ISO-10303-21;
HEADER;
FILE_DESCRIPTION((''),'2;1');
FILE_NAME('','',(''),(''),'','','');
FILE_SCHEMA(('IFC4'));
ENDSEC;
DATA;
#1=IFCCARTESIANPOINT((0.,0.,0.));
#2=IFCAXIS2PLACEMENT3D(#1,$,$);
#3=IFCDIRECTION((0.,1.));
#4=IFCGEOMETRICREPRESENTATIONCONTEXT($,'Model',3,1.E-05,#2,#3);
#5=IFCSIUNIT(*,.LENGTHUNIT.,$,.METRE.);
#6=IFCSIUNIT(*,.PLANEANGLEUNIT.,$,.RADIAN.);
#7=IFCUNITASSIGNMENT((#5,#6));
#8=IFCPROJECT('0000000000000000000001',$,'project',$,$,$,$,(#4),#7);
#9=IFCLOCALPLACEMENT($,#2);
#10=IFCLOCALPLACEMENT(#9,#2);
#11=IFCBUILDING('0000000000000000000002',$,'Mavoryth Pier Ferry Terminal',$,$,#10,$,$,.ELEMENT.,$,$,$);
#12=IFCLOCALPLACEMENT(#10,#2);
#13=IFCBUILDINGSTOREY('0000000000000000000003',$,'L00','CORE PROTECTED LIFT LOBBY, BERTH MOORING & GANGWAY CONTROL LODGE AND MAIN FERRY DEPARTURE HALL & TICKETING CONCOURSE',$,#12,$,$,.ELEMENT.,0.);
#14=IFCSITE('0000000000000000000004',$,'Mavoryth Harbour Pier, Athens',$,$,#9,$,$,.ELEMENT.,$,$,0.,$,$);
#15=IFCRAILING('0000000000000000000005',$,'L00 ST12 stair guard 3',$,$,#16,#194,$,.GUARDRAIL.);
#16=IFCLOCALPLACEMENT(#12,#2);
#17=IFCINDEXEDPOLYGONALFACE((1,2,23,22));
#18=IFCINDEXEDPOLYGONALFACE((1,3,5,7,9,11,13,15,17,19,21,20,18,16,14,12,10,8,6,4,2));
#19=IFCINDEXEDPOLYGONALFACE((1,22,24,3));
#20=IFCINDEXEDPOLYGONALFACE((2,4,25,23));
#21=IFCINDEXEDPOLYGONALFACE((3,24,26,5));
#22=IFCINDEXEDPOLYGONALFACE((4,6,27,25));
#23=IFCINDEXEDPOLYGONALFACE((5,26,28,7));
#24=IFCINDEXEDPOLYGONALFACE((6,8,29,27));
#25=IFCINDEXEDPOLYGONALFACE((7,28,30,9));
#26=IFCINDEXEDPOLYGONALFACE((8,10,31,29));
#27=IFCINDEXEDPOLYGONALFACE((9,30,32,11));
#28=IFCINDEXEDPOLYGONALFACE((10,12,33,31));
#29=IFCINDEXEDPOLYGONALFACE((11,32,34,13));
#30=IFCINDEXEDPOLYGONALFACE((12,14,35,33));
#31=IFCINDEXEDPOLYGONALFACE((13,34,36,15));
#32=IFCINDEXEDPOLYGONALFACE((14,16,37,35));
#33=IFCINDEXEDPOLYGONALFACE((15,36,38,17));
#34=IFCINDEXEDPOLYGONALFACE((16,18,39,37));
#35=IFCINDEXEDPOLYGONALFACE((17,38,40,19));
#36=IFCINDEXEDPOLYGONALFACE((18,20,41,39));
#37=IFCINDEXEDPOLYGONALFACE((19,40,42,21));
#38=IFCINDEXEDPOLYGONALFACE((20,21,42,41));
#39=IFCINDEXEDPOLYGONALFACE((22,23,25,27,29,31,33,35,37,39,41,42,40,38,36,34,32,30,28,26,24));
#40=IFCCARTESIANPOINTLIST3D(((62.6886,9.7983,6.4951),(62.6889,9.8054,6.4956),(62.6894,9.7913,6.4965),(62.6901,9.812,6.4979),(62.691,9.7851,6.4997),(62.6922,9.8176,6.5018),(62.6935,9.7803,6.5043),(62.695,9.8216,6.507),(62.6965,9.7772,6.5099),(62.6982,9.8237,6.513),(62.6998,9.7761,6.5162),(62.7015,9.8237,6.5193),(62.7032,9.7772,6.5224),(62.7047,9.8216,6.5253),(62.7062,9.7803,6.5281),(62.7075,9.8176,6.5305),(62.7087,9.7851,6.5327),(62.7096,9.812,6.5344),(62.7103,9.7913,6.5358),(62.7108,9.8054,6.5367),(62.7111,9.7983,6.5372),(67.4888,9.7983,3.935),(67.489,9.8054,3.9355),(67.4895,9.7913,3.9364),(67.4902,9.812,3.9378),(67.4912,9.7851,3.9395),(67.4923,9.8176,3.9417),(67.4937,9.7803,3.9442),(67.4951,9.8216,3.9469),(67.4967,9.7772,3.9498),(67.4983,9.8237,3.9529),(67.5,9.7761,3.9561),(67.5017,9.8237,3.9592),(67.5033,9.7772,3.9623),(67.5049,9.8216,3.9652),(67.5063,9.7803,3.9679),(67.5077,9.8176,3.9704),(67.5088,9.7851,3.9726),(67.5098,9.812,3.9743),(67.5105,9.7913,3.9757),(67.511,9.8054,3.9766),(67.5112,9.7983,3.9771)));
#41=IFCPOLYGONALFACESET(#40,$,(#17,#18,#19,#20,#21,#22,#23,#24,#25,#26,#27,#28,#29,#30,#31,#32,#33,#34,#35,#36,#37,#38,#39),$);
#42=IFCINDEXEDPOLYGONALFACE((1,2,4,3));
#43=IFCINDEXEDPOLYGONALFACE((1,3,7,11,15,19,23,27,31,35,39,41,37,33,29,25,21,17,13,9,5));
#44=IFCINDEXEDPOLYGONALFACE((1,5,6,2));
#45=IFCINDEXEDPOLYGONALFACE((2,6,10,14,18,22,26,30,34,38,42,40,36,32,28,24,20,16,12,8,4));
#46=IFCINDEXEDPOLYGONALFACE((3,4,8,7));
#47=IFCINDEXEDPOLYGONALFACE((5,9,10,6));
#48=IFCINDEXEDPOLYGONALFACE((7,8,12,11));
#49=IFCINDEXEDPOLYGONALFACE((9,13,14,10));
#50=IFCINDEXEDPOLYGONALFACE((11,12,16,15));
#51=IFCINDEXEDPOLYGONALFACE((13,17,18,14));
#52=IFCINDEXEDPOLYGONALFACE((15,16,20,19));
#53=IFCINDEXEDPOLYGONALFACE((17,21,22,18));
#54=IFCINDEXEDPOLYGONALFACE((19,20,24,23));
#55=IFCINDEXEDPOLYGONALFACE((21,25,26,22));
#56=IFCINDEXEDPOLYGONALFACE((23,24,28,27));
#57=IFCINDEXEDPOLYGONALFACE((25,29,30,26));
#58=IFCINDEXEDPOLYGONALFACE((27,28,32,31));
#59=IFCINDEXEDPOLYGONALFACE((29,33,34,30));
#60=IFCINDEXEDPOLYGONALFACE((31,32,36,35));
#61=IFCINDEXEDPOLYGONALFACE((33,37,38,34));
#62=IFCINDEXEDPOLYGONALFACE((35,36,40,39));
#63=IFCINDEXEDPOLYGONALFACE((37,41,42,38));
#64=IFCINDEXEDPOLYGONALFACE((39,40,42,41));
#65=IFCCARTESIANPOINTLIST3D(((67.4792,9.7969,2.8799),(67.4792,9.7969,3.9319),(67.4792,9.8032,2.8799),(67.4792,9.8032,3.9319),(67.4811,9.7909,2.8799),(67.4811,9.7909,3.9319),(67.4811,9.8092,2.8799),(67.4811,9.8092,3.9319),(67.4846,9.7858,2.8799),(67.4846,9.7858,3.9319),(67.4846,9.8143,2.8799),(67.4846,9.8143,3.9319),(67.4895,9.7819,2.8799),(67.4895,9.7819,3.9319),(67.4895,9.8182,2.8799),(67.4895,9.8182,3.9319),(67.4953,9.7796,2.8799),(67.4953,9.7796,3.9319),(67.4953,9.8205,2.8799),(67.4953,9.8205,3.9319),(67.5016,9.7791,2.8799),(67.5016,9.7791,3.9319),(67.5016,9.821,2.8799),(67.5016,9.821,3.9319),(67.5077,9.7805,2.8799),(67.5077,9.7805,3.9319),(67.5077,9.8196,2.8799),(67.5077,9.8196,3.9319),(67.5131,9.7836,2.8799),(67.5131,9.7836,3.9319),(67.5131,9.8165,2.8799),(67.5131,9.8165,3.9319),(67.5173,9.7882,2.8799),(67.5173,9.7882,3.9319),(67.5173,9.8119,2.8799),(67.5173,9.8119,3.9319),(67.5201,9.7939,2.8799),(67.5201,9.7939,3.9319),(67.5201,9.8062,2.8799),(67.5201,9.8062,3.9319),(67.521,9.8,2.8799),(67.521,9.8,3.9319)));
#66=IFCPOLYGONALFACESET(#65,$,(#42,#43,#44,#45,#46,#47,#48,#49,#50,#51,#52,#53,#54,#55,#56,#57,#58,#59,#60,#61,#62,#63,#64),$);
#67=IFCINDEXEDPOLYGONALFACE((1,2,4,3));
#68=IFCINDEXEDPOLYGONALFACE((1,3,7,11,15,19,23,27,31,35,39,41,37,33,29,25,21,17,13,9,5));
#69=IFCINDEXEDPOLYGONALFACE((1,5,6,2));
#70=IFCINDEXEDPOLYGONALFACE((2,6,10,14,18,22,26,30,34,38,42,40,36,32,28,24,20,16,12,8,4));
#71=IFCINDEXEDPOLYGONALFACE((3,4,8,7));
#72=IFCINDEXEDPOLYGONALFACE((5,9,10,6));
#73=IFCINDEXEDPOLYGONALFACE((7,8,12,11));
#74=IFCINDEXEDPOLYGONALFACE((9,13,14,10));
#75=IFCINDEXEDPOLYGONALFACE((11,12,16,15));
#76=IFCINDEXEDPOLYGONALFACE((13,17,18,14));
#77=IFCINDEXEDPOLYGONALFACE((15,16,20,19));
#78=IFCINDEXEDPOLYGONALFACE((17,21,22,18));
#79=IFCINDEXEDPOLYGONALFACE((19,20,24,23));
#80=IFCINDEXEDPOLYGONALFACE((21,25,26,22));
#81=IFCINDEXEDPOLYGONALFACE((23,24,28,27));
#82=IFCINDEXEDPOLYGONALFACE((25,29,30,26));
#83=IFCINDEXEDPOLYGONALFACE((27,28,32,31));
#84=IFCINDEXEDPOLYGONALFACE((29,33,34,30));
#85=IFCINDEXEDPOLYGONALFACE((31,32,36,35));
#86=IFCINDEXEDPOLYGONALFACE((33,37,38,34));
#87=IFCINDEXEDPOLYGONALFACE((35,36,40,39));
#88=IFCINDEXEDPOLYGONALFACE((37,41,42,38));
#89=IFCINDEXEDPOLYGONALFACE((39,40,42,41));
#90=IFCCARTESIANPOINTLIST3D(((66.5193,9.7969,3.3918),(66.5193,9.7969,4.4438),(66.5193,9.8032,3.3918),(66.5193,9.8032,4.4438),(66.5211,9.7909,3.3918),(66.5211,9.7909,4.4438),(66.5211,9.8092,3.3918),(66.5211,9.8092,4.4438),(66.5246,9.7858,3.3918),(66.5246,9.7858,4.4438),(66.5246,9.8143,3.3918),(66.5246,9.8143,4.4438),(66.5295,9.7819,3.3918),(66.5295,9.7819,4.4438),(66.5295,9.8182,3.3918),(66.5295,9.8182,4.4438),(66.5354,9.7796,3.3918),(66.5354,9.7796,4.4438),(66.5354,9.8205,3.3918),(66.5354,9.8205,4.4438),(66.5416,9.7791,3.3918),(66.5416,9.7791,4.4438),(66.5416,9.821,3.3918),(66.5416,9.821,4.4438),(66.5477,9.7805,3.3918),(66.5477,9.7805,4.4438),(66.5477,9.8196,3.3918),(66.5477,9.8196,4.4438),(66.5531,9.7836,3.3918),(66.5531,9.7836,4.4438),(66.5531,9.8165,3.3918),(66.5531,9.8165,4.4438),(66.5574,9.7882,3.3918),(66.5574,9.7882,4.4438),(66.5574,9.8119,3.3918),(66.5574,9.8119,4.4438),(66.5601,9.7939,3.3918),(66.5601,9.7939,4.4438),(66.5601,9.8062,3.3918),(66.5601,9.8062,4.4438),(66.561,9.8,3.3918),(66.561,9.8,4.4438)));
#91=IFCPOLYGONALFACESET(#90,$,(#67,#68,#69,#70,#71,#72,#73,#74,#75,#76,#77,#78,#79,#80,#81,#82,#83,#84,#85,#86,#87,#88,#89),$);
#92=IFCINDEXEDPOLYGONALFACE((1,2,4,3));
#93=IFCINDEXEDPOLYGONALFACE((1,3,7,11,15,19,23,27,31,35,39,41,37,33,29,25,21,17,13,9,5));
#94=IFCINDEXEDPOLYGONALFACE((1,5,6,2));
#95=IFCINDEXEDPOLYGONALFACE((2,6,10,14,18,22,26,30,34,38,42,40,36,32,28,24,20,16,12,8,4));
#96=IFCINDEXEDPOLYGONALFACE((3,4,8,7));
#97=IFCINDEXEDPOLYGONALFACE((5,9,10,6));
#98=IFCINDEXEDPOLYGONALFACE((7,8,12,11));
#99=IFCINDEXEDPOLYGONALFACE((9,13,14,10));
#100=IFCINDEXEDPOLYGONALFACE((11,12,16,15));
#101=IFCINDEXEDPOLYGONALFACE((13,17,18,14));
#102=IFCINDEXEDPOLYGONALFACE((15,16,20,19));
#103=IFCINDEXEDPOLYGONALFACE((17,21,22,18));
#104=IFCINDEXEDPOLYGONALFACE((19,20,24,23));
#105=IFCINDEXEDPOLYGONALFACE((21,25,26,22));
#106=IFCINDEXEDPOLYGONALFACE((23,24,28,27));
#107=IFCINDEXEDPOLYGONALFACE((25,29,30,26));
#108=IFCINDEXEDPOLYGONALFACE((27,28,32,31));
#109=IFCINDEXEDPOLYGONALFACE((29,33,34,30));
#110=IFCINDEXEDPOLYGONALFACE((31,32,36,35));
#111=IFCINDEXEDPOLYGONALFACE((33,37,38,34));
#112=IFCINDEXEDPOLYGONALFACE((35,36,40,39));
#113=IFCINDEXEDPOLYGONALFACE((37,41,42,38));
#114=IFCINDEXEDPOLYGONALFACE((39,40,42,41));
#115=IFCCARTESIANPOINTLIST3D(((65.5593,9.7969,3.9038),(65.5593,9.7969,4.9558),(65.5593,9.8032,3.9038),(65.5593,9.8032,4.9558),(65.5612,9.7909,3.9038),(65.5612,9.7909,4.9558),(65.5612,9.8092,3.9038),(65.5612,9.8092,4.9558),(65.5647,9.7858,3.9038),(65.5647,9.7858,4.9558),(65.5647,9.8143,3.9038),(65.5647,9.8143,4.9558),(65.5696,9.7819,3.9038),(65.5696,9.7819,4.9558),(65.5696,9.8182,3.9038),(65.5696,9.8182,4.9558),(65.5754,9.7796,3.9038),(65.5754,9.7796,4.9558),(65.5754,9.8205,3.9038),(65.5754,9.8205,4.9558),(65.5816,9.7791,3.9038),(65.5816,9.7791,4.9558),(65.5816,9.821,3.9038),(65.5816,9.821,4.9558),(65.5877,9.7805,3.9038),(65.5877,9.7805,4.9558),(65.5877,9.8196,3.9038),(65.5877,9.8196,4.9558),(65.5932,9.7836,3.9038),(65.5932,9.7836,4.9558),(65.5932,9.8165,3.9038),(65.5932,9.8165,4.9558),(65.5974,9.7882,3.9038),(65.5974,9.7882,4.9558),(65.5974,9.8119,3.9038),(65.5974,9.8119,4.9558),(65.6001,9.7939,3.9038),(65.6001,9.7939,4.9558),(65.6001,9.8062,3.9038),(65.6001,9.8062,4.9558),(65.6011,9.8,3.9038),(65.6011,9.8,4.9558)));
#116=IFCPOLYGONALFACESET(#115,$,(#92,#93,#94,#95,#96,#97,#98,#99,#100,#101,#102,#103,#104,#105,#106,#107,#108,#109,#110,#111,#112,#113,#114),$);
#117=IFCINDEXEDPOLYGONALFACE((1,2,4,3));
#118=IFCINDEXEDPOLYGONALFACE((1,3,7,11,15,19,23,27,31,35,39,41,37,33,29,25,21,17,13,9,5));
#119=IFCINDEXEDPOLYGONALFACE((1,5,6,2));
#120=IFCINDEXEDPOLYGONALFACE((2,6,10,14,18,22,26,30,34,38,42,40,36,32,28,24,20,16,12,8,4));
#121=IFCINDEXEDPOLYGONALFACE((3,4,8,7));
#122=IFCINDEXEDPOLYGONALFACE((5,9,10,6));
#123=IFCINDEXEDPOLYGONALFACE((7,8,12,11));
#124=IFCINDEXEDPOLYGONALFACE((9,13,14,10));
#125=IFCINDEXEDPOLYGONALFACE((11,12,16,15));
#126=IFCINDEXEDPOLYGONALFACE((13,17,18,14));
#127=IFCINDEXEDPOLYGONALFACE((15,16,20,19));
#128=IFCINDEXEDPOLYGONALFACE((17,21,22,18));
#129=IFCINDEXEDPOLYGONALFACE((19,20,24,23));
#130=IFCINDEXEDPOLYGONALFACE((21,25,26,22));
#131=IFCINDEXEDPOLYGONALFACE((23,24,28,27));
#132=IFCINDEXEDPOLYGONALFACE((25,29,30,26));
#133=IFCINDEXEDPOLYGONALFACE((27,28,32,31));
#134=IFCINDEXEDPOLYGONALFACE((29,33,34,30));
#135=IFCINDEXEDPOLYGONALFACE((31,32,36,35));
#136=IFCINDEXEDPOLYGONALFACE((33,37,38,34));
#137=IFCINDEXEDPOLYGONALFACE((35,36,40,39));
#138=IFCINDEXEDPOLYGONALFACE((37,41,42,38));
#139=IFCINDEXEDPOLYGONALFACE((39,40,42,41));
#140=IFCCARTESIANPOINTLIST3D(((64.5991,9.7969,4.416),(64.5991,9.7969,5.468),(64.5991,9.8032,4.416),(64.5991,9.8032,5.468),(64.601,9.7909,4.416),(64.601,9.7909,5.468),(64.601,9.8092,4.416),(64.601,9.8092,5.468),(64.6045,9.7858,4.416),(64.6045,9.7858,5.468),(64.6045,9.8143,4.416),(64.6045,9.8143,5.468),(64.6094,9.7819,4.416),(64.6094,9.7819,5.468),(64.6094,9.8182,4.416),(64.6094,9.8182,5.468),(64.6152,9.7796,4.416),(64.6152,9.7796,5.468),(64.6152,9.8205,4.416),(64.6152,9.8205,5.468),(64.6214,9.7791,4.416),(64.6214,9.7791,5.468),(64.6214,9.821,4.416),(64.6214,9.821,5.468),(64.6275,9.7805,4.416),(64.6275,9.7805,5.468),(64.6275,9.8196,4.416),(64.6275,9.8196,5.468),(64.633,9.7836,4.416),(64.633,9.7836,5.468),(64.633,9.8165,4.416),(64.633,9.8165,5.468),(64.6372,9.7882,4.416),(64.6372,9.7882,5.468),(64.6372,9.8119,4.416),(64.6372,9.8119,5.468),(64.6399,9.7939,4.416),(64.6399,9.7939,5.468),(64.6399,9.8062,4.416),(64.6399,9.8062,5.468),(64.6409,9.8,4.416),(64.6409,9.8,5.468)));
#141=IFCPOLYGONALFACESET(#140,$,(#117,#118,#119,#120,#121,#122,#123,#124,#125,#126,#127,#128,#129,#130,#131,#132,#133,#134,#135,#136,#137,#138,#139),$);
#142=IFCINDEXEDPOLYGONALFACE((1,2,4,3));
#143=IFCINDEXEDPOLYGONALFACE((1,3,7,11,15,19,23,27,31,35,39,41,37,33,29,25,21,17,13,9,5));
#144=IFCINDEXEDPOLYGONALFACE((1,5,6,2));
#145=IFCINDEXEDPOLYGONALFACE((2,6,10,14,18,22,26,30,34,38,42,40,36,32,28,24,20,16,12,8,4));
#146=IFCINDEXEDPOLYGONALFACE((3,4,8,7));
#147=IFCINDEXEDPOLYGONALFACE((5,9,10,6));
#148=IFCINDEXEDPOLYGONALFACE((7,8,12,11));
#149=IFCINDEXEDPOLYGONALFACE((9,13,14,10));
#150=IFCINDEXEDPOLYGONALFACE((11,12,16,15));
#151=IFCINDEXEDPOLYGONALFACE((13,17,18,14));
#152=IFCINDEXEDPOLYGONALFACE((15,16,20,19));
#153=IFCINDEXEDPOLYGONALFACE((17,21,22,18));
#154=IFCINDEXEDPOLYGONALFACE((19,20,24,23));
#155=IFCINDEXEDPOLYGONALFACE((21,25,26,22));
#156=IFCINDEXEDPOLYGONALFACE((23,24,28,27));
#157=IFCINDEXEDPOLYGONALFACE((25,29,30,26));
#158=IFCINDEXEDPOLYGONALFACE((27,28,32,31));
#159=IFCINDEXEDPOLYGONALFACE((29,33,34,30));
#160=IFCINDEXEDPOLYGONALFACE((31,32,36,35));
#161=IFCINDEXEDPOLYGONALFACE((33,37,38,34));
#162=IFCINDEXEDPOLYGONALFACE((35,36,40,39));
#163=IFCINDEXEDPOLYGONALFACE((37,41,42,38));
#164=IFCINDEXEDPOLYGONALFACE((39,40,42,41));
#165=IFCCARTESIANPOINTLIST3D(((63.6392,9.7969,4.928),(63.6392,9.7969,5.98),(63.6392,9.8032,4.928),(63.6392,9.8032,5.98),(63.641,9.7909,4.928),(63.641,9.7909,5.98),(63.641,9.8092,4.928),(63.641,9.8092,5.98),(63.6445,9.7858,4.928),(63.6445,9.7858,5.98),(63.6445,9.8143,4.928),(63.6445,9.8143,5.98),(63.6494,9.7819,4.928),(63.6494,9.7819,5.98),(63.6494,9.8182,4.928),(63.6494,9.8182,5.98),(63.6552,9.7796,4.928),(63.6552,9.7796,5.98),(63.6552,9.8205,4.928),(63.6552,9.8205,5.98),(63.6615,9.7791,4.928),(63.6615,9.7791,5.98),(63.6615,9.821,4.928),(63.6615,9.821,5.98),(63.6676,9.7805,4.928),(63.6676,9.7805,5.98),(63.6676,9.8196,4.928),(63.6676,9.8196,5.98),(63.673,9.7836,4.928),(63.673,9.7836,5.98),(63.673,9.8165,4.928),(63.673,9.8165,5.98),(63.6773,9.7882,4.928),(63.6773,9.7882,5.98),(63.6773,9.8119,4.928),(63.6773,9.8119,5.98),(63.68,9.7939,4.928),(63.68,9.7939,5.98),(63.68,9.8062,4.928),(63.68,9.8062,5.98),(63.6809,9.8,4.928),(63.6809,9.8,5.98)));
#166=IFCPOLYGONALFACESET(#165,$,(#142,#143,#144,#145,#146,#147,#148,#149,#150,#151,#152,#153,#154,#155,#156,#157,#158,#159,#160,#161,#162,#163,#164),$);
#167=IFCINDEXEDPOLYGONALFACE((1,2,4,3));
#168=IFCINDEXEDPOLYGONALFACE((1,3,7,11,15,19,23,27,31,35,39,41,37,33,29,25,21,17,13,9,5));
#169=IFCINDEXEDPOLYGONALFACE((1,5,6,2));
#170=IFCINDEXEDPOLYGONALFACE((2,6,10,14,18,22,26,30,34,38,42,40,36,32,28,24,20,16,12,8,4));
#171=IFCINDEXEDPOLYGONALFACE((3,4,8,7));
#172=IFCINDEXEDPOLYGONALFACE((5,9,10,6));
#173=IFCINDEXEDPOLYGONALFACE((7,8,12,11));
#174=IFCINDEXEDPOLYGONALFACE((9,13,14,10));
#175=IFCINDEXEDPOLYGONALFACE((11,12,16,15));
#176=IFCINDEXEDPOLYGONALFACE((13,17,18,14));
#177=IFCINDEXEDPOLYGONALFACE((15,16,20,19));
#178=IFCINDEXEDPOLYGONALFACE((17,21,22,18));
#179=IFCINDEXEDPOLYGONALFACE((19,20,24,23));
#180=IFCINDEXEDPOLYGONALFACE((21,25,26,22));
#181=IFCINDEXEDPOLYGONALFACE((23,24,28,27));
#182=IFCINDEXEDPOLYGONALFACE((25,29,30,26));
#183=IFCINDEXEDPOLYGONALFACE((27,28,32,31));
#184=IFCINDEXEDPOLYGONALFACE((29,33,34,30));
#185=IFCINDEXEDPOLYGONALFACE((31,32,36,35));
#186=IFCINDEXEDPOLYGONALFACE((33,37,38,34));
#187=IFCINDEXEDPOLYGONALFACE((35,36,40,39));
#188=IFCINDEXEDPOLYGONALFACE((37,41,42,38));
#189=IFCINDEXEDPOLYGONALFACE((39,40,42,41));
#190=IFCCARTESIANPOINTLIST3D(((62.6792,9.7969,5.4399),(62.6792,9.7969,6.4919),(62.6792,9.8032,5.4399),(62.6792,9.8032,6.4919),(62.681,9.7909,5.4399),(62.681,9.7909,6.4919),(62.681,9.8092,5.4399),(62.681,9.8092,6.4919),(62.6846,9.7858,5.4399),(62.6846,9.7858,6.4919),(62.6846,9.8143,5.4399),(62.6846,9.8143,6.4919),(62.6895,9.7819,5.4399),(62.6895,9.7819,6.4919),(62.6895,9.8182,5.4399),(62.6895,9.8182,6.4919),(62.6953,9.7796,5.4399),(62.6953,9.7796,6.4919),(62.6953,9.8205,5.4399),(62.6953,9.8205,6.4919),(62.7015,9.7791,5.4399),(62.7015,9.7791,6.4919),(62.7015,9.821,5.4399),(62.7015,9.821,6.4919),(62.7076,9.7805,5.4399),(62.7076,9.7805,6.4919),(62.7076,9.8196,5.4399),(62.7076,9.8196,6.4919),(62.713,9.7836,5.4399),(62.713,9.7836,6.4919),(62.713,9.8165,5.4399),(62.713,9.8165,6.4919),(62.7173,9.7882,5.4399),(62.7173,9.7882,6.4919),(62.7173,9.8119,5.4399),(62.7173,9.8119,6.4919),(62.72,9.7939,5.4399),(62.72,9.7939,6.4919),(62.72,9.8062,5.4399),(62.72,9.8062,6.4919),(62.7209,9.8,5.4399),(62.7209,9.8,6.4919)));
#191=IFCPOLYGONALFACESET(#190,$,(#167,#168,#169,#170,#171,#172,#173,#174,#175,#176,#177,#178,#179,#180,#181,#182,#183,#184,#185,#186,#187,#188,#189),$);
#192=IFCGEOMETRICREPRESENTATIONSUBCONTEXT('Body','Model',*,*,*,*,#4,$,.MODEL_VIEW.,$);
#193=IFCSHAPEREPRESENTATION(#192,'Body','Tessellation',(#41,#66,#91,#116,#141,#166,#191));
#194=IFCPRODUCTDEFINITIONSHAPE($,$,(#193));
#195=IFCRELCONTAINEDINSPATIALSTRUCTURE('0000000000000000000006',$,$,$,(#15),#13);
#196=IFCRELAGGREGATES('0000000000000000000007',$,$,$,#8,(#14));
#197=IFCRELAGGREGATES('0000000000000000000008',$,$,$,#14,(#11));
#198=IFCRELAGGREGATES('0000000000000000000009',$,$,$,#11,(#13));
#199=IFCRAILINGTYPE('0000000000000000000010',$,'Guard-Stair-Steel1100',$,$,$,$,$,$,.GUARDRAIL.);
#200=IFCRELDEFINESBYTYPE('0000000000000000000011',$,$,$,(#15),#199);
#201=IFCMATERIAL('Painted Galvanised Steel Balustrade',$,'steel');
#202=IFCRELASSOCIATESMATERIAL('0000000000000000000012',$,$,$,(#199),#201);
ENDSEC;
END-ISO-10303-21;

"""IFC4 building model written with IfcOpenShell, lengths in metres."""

from ifc_helpers import new_model, si_unit, direction, frame, origin, origin_2d, place, context, subcontext, project, spatial, circle, extrude, material, type_object, element, save


model = new_model("IFC4")

# Units and contexts
model_context = context("Model", 3, precision=1e-05, world=origin(), true_north=direction((0.0, 1.0)))
body_context = subcontext(model_context, "Body", "Model", "MODEL_VIEW")
ifc_project = project(units=[si_unit("LENGTHUNIT", "METRE"), si_unit("PLANEANGLEUNIT", "RADIAN")], contexts=[model_context])

# Site, building, storey
site_placement = place(None, origin())
site = spatial("IfcSite", under=ifc_project, at=site_placement, Name="Mavoryth Harbour Pier, Athens", CompositionType="ELEMENT", RefElevation=0.0)
building_placement = place(site_placement, origin())
building = spatial("IfcBuilding", under=site, at=building_placement, Name="Mavoryth Pier Ferry Terminal", CompositionType="ELEMENT")
storey_placement = place(building_placement, origin())
storey = spatial("IfcBuildingStorey", under=building, at=storey_placement, Name="L00", Description="CORE PROTECTED LIFT LOBBY, BERTH MOORING & GANGWAY CONTROL LODGE AND MAIN FERRY DEPARTURE HALL & TICKETING CONCOURSE", CompositionType="ELEMENT", Elevation=0.0)

# Railing
ifc_material_1 = material(Name="Painted Galvanised Steel Balustrade", Category="steel")
railing_type_1 = type_object("IfcRailingType", Name="Guard-Stair-Steel1100", PredefinedType="GUARDRAIL", material=ifc_material_1)
railing_1_placement = place(storey_placement, frame((67.5, 9.8, 2.8799)))
element("IfcRailing", 1, at=railing_1_placement, inside=storey, type_object=railing_type_1, Name="L00 ST12 stair guard 3", PredefinedType="GUARDRAIL", context=body_context, shape_type="SweptSolid", body=[
    extrude(circle(Radius=0.0239, at=origin_2d()), frame((0.0, 0.0, 1.0762), z_axis=(-0.88235, 0.0, 0.470593), x_axis=(0.0, -1.0, 0.0)), (0.0, 0.0, 1.0), 5.4402),
    extrude(circle(Radius=0.021, at=origin_2d()), origin(), (0.0, 0.0, 1.0), 1.052),
    extrude(circle(Radius=0.021, at=origin_2d()), frame((-0.96, 0.0, 0.512)), (0.0, 0.0, 1.0), 1.052),
    extrude(circle(Radius=0.021, at=origin_2d()), frame((-1.9199, 0.0, 1.0239)), (0.0, 0.0, 1.0), 1.052),
    extrude(circle(Radius=0.021, at=origin_2d()), frame((-2.8801, 0.0, 1.5361)), (0.0, 0.0, 1.0), 1.052),
    extrude(circle(Radius=0.021, at=origin_2d()), frame((-3.8401, 0.0, 2.0481)), (0.0, 0.0, 1.0), 1.052),
    extrude(circle(Radius=0.021, at=origin_2d()), frame((-4.8, 0.0, 2.5601)), (0.0, 0.0, 1.0), 1.052),
])

save(model, "model.ifc")
